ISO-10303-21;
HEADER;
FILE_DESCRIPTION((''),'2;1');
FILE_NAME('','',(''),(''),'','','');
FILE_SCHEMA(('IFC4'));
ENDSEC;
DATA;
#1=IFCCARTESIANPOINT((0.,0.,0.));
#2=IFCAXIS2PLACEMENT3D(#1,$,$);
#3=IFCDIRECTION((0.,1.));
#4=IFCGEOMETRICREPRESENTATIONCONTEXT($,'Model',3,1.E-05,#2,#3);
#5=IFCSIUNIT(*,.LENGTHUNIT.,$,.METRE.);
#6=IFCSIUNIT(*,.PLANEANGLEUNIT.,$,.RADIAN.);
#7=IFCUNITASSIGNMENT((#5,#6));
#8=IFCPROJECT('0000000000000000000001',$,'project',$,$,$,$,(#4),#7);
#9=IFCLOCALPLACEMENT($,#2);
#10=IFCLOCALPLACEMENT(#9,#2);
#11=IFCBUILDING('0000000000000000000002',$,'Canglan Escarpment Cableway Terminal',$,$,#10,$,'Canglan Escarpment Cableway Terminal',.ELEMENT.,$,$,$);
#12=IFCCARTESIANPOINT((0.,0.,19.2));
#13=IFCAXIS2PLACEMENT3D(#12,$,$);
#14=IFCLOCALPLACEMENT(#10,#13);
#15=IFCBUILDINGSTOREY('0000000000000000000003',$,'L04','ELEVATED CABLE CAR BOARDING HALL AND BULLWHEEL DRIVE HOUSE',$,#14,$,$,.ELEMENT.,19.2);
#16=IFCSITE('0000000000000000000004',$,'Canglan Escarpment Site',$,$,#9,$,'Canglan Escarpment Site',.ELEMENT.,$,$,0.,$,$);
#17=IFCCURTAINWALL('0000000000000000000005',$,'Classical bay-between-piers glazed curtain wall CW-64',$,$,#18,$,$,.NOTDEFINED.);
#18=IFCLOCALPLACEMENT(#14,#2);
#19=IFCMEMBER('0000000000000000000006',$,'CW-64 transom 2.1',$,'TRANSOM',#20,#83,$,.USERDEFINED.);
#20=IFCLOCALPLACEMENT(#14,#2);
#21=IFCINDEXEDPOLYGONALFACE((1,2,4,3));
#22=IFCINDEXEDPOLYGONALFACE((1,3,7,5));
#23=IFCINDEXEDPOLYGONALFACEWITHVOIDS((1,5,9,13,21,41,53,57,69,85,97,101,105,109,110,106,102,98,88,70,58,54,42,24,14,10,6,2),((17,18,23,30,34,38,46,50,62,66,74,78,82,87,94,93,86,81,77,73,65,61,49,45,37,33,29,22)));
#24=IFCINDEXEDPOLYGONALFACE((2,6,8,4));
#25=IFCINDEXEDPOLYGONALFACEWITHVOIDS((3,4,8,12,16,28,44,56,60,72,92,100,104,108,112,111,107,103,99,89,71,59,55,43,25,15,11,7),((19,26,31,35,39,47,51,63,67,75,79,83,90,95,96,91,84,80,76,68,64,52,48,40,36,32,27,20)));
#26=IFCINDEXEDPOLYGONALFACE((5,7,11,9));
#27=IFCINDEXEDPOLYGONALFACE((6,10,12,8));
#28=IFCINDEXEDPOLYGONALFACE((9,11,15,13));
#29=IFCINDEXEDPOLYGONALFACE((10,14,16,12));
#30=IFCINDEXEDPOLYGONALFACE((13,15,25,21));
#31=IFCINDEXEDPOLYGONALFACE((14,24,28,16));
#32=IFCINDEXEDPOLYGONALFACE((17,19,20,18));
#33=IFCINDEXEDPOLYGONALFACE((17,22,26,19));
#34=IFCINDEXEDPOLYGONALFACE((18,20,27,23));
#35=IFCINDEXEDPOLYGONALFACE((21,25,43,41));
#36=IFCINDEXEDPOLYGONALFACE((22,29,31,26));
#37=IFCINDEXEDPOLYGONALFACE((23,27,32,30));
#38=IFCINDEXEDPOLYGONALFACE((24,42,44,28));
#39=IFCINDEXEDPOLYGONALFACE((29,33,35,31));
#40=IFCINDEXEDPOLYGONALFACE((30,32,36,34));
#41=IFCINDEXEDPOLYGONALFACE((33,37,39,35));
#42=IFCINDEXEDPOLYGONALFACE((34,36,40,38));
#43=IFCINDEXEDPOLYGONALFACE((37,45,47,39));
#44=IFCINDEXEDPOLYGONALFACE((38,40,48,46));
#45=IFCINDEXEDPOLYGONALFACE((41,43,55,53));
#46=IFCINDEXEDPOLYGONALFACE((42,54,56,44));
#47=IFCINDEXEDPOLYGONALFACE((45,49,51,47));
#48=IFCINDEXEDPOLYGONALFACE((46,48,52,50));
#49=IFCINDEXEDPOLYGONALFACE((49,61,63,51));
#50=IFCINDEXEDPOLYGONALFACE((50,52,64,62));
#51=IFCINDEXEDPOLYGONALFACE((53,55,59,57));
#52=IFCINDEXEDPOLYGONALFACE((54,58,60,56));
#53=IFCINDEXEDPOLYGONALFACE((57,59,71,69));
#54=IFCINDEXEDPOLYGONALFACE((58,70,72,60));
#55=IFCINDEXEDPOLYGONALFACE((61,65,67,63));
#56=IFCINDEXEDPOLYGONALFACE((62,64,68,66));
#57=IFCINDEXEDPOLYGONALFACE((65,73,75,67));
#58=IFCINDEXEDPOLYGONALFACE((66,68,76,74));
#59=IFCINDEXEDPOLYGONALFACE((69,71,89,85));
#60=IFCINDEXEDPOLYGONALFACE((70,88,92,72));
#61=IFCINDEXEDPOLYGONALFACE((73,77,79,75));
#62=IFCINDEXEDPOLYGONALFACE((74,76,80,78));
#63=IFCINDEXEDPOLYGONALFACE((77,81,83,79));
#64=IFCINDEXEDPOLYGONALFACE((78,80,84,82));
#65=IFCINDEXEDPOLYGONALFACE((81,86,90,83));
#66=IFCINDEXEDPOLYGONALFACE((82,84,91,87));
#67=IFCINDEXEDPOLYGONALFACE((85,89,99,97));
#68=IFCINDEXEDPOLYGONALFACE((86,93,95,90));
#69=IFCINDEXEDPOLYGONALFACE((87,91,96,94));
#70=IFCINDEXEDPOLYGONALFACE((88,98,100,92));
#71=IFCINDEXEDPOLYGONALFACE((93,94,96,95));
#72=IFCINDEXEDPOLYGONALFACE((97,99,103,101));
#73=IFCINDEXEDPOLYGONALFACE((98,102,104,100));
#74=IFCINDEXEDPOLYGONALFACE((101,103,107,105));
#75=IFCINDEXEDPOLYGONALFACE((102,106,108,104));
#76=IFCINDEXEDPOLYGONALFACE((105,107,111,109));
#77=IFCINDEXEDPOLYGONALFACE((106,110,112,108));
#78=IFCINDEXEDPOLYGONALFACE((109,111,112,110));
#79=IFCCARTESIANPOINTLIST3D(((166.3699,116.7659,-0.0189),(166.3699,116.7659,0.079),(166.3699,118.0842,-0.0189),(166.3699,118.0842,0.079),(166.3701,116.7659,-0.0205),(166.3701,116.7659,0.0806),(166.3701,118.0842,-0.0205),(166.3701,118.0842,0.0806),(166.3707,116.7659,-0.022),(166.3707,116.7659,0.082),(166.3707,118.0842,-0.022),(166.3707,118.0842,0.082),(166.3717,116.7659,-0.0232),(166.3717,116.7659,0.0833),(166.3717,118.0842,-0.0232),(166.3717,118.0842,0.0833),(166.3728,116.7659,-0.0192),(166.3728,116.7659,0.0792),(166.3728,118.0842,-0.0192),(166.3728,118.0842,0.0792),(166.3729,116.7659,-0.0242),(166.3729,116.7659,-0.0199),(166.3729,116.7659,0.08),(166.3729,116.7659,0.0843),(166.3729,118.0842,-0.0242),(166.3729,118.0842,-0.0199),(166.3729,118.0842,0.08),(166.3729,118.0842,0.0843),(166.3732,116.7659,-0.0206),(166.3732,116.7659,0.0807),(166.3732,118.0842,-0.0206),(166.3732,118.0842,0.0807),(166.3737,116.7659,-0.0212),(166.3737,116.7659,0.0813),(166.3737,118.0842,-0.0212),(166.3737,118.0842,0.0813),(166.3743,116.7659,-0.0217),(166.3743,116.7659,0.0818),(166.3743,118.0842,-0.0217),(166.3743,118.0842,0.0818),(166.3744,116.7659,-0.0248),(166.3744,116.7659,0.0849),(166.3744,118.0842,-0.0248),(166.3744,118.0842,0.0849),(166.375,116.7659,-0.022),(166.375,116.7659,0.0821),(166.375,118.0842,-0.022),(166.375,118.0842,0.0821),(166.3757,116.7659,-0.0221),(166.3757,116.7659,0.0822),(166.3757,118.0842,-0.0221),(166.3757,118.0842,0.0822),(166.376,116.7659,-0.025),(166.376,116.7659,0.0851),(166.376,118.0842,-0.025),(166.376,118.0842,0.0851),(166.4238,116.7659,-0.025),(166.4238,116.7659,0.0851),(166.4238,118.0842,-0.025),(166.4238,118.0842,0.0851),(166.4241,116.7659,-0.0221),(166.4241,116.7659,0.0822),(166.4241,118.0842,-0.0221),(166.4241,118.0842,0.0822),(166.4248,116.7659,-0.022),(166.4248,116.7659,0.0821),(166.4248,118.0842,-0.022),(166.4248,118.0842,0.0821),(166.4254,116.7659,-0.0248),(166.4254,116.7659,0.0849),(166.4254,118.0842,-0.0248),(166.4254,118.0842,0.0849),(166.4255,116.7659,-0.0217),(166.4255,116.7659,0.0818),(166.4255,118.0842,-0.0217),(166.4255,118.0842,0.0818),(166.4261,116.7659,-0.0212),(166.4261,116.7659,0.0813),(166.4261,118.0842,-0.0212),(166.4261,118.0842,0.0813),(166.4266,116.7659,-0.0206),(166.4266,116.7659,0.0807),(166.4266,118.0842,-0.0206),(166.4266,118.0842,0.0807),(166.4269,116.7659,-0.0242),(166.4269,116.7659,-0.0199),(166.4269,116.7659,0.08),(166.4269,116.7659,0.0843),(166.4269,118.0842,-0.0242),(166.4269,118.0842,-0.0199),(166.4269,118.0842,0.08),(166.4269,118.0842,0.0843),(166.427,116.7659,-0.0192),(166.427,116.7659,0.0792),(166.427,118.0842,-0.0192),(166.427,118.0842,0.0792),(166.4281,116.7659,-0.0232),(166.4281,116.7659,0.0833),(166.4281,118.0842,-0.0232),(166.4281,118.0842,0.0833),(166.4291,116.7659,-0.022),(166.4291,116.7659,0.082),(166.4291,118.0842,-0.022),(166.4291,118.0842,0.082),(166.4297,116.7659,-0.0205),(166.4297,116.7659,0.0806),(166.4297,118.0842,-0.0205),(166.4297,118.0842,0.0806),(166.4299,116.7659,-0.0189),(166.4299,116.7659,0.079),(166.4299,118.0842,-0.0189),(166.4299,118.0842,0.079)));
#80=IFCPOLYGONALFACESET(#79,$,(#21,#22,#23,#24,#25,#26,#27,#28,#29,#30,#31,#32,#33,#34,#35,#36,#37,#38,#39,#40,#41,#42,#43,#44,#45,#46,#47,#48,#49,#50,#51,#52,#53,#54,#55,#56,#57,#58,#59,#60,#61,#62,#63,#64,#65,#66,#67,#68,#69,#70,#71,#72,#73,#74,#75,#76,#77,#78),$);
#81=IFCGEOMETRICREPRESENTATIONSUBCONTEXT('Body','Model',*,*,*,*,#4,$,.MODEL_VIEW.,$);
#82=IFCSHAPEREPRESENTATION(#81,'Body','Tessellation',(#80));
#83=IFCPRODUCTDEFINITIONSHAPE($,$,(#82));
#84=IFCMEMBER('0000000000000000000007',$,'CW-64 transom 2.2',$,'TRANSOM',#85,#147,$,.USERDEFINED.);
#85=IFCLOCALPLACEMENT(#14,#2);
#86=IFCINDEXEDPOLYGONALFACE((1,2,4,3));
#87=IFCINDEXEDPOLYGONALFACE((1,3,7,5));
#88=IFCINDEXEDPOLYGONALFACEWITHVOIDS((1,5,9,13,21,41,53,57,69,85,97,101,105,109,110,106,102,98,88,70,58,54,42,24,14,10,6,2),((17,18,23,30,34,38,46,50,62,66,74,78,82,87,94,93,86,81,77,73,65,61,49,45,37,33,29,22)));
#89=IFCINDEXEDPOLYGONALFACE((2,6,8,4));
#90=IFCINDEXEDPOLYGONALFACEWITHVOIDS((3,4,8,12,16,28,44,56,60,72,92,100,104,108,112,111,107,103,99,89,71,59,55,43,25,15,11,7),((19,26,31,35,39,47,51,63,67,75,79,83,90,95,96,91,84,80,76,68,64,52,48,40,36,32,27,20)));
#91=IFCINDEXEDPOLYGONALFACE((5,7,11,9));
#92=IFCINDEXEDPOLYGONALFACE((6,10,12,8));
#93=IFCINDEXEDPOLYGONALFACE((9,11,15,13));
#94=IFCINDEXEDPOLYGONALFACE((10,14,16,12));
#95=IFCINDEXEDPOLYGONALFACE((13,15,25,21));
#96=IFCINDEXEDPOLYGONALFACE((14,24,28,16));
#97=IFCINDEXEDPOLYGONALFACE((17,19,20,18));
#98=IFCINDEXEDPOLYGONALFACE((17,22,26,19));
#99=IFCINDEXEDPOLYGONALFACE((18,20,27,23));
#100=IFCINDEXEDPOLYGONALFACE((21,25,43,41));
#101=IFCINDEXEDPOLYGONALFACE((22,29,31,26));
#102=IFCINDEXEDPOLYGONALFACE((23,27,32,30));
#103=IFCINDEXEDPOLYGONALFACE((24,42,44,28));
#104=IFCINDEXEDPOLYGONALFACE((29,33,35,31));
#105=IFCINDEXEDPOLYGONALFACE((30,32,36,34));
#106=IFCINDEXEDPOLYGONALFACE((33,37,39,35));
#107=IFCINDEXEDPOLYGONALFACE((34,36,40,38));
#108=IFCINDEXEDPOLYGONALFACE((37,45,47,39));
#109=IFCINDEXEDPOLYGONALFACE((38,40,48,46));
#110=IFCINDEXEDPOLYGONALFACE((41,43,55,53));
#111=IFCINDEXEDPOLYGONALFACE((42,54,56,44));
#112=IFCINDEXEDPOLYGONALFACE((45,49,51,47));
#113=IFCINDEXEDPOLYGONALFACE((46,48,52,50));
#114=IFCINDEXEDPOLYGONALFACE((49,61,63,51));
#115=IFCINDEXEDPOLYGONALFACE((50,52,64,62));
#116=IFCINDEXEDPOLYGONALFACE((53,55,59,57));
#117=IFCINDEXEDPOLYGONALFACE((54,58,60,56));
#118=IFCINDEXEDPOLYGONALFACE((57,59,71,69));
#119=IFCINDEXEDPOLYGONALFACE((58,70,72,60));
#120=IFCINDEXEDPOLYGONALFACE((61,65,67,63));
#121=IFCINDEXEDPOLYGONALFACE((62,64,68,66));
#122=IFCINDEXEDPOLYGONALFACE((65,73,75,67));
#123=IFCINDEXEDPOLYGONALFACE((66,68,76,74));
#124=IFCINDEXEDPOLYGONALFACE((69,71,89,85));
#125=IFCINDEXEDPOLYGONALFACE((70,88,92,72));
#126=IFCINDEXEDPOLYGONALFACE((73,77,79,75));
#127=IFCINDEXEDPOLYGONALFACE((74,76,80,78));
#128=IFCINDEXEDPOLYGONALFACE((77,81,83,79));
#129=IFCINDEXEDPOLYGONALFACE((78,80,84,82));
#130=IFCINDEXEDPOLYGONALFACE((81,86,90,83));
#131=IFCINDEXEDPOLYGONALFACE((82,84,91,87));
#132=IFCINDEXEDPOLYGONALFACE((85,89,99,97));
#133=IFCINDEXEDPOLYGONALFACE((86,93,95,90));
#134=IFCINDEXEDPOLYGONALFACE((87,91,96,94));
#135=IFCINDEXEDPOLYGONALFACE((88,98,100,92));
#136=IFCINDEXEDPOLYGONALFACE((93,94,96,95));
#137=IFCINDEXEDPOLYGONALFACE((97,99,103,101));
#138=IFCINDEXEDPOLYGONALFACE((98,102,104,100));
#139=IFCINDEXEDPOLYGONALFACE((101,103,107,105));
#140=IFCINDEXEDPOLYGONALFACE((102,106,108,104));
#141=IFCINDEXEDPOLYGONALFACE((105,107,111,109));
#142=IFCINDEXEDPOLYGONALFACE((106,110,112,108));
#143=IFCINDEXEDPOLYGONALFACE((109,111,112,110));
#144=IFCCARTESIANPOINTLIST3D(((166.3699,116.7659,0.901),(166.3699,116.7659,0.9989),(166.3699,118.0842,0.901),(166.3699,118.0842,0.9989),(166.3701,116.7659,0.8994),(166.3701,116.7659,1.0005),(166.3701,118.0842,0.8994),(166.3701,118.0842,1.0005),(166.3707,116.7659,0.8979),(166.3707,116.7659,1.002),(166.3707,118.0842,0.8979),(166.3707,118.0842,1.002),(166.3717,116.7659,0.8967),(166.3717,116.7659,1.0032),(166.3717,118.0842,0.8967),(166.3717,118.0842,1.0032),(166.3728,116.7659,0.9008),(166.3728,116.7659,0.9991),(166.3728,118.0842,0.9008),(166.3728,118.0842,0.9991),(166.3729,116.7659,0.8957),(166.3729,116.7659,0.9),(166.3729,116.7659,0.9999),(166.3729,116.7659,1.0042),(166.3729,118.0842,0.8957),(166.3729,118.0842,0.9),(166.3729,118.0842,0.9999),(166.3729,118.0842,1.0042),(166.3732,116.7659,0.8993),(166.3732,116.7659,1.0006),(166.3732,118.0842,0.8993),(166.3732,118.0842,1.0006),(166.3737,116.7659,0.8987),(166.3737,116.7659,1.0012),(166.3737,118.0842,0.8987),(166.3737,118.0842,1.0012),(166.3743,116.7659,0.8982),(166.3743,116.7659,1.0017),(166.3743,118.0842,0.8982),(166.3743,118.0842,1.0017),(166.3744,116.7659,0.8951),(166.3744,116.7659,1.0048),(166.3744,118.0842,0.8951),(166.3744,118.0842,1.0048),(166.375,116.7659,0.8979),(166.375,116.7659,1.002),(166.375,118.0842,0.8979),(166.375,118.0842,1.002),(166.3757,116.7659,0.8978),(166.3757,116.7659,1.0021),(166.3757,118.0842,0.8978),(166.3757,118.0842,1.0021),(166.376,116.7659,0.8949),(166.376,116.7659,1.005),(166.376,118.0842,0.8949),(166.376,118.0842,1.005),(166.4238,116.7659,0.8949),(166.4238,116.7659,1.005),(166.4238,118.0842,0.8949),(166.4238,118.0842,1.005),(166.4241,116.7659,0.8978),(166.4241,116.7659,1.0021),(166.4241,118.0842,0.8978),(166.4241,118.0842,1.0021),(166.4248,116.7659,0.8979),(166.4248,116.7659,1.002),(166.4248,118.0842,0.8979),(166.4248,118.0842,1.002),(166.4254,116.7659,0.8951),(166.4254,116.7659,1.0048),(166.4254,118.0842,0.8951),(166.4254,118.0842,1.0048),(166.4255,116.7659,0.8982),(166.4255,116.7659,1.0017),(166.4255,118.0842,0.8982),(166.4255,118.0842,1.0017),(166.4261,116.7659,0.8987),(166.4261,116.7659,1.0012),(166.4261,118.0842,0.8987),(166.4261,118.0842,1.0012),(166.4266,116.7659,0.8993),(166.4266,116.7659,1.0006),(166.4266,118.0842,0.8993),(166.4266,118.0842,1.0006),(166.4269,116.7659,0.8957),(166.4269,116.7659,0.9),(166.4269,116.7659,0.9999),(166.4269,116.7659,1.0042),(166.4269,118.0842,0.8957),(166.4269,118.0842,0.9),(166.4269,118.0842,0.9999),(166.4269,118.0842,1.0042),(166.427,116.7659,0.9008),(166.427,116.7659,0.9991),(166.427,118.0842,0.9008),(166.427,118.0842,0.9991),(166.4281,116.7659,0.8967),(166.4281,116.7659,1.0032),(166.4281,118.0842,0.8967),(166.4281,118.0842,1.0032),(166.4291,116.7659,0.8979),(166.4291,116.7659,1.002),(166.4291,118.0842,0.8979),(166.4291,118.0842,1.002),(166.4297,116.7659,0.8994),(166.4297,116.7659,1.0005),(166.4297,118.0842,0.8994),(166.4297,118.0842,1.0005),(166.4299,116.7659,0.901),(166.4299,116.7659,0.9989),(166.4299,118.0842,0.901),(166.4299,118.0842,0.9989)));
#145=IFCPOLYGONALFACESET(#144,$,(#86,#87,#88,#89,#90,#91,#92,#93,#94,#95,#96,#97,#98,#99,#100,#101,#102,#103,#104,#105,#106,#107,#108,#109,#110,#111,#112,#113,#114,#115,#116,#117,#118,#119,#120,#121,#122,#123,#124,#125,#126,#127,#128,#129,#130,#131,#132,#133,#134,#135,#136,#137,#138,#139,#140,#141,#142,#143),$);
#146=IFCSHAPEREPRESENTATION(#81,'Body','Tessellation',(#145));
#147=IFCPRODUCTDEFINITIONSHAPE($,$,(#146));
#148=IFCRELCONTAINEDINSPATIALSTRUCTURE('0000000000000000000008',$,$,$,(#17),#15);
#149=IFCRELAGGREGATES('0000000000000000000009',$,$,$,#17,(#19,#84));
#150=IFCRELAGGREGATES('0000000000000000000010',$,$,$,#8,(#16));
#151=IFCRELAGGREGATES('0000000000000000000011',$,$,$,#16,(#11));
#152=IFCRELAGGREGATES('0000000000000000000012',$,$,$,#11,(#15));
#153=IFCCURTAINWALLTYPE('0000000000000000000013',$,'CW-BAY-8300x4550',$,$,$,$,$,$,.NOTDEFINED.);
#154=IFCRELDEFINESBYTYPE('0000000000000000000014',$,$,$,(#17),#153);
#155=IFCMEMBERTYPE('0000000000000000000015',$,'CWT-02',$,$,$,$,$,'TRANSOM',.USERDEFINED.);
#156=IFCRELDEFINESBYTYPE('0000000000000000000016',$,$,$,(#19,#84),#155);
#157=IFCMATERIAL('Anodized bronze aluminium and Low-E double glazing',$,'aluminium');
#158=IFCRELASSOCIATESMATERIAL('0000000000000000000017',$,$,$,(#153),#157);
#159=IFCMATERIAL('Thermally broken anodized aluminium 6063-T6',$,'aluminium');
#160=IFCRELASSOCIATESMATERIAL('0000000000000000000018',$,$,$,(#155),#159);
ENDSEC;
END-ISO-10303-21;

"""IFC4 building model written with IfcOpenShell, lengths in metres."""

from ifc_helpers import new_model, si_unit, direction, frame, origin, origin_2d, place, context, subcontext, project, spatial, hollow_rectangle, extrude, material, material_profile, profile_set, type_object, element, aggregate, save


model = new_model("IFC4")

# Units and contexts
model_context = context("Model", 3, precision=1e-05, world=origin(), true_north=direction((0.0, 1.0)))
body_context = subcontext(model_context, "Body", "Model", "MODEL_VIEW")
ifc_project = project(units=[si_unit("LENGTHUNIT", "METRE"), si_unit("PLANEANGLEUNIT", "RADIAN")], contexts=[model_context])

# Site, building, storey
site_placement = place(None, origin())
site = spatial("IfcSite", under=ifc_project, at=site_placement, Name="Canglan Escarpment Site", LongName="Canglan Escarpment Site", CompositionType="ELEMENT", RefElevation=0.0)
building_placement = place(site_placement, origin())
building = spatial("IfcBuilding", under=site, at=building_placement, Name="Canglan Escarpment Cableway Terminal", LongName="Canglan Escarpment Cableway Terminal", CompositionType="ELEMENT")
storey_placement = place(building_placement, frame((0.0, 0.0, 19.2)))
storey = spatial("IfcBuildingStorey", under=building, at=storey_placement, Name="L04", Description="ELEVATED CABLE CAR BOARDING HALL AND BULLWHEEL DRIVE HOUSE", CompositionType="ELEMENT", Elevation=19.2)

# Curtain wall, members
ifc_material_1 = material(Name="Anodized bronze aluminium and Low-E double glazing", Category="aluminium")
curtain_wall_type = type_object("IfcCurtainWallType", Name="CW-BAY-8300x4550", PredefinedType="NOTDEFINED", material=ifc_material_1)
curtain_wall_placement = place(storey_placement, origin())
curtain_wall = element("IfcCurtainWall", 1, at=curtain_wall_placement, inside=storey, type_object=curtain_wall_type, Name="Classical bay-between-piers glazed curtain wall CW-64", PredefinedType="NOTDEFINED")
ifc_material_2 = material(Name="Thermally broken anodized aluminium 6063-T6", Category="aluminium")
ifc_material_profile_1 = material_profile(ifc_material_2, hollow_rectangle(XDim=0.0601, YDim=0.1101, WallThickness=0.0029, InnerFilletRadius=0.0029, OuterFilletRadius=0.0061, at=origin_2d()), Name="ALU-TRAN 60x110x3")
ifc_profile_set_1 = profile_set([ifc_material_profile_1], Name="Thermally broken anodized aluminium 6063-T6")
member_type_1 = type_object("IfcMemberType", Name="CWT-02", ElementType="TRANSOM", PredefinedType="USERDEFINED", material=ifc_profile_set_1)
member_1_placement = place(storey_placement, frame((166.3999, 116.7659, 0.03), z_axis=(0.0, 1.0, 0.0), x_axis=(-1.0, 0.0, 0.0)))
member_1 = element("IfcMember", 2, at=member_1_placement, type_object=member_type_1, Name="CW-64 transom 2.1", ObjectType="TRANSOM", PredefinedType="USERDEFINED", context=body_context, shape_type="SweptSolid", body=[
    extrude(hollow_rectangle(XDim=0.0601, YDim=0.1101, WallThickness=0.0029, InnerFilletRadius=0.0029, OuterFilletRadius=0.0061, at=origin_2d()), origin(), (0.0, 0.0, 1.0), 1.3184),
])
member_2_placement = place(storey_placement, frame((166.3999, 116.7659, 0.95), z_axis=(0.0, 1.0, 0.0), x_axis=(-1.0, 0.0, 0.0)))
member_2 = element("IfcMember", 3, at=member_2_placement, type_object=member_type_1, Name="CW-64 transom 2.2", ObjectType="TRANSOM", PredefinedType="USERDEFINED", context=body_context, shape_type="SweptSolid", body=[
    extrude(hollow_rectangle(XDim=0.0601, YDim=0.1101, WallThickness=0.0029, InnerFilletRadius=0.0029, OuterFilletRadius=0.0061, at=origin_2d()), origin(), (0.0, 0.0, 1.0), 1.3184),
])
aggregate(curtain_wall, [member_1, member_2])

save(model, "model.ifc")
